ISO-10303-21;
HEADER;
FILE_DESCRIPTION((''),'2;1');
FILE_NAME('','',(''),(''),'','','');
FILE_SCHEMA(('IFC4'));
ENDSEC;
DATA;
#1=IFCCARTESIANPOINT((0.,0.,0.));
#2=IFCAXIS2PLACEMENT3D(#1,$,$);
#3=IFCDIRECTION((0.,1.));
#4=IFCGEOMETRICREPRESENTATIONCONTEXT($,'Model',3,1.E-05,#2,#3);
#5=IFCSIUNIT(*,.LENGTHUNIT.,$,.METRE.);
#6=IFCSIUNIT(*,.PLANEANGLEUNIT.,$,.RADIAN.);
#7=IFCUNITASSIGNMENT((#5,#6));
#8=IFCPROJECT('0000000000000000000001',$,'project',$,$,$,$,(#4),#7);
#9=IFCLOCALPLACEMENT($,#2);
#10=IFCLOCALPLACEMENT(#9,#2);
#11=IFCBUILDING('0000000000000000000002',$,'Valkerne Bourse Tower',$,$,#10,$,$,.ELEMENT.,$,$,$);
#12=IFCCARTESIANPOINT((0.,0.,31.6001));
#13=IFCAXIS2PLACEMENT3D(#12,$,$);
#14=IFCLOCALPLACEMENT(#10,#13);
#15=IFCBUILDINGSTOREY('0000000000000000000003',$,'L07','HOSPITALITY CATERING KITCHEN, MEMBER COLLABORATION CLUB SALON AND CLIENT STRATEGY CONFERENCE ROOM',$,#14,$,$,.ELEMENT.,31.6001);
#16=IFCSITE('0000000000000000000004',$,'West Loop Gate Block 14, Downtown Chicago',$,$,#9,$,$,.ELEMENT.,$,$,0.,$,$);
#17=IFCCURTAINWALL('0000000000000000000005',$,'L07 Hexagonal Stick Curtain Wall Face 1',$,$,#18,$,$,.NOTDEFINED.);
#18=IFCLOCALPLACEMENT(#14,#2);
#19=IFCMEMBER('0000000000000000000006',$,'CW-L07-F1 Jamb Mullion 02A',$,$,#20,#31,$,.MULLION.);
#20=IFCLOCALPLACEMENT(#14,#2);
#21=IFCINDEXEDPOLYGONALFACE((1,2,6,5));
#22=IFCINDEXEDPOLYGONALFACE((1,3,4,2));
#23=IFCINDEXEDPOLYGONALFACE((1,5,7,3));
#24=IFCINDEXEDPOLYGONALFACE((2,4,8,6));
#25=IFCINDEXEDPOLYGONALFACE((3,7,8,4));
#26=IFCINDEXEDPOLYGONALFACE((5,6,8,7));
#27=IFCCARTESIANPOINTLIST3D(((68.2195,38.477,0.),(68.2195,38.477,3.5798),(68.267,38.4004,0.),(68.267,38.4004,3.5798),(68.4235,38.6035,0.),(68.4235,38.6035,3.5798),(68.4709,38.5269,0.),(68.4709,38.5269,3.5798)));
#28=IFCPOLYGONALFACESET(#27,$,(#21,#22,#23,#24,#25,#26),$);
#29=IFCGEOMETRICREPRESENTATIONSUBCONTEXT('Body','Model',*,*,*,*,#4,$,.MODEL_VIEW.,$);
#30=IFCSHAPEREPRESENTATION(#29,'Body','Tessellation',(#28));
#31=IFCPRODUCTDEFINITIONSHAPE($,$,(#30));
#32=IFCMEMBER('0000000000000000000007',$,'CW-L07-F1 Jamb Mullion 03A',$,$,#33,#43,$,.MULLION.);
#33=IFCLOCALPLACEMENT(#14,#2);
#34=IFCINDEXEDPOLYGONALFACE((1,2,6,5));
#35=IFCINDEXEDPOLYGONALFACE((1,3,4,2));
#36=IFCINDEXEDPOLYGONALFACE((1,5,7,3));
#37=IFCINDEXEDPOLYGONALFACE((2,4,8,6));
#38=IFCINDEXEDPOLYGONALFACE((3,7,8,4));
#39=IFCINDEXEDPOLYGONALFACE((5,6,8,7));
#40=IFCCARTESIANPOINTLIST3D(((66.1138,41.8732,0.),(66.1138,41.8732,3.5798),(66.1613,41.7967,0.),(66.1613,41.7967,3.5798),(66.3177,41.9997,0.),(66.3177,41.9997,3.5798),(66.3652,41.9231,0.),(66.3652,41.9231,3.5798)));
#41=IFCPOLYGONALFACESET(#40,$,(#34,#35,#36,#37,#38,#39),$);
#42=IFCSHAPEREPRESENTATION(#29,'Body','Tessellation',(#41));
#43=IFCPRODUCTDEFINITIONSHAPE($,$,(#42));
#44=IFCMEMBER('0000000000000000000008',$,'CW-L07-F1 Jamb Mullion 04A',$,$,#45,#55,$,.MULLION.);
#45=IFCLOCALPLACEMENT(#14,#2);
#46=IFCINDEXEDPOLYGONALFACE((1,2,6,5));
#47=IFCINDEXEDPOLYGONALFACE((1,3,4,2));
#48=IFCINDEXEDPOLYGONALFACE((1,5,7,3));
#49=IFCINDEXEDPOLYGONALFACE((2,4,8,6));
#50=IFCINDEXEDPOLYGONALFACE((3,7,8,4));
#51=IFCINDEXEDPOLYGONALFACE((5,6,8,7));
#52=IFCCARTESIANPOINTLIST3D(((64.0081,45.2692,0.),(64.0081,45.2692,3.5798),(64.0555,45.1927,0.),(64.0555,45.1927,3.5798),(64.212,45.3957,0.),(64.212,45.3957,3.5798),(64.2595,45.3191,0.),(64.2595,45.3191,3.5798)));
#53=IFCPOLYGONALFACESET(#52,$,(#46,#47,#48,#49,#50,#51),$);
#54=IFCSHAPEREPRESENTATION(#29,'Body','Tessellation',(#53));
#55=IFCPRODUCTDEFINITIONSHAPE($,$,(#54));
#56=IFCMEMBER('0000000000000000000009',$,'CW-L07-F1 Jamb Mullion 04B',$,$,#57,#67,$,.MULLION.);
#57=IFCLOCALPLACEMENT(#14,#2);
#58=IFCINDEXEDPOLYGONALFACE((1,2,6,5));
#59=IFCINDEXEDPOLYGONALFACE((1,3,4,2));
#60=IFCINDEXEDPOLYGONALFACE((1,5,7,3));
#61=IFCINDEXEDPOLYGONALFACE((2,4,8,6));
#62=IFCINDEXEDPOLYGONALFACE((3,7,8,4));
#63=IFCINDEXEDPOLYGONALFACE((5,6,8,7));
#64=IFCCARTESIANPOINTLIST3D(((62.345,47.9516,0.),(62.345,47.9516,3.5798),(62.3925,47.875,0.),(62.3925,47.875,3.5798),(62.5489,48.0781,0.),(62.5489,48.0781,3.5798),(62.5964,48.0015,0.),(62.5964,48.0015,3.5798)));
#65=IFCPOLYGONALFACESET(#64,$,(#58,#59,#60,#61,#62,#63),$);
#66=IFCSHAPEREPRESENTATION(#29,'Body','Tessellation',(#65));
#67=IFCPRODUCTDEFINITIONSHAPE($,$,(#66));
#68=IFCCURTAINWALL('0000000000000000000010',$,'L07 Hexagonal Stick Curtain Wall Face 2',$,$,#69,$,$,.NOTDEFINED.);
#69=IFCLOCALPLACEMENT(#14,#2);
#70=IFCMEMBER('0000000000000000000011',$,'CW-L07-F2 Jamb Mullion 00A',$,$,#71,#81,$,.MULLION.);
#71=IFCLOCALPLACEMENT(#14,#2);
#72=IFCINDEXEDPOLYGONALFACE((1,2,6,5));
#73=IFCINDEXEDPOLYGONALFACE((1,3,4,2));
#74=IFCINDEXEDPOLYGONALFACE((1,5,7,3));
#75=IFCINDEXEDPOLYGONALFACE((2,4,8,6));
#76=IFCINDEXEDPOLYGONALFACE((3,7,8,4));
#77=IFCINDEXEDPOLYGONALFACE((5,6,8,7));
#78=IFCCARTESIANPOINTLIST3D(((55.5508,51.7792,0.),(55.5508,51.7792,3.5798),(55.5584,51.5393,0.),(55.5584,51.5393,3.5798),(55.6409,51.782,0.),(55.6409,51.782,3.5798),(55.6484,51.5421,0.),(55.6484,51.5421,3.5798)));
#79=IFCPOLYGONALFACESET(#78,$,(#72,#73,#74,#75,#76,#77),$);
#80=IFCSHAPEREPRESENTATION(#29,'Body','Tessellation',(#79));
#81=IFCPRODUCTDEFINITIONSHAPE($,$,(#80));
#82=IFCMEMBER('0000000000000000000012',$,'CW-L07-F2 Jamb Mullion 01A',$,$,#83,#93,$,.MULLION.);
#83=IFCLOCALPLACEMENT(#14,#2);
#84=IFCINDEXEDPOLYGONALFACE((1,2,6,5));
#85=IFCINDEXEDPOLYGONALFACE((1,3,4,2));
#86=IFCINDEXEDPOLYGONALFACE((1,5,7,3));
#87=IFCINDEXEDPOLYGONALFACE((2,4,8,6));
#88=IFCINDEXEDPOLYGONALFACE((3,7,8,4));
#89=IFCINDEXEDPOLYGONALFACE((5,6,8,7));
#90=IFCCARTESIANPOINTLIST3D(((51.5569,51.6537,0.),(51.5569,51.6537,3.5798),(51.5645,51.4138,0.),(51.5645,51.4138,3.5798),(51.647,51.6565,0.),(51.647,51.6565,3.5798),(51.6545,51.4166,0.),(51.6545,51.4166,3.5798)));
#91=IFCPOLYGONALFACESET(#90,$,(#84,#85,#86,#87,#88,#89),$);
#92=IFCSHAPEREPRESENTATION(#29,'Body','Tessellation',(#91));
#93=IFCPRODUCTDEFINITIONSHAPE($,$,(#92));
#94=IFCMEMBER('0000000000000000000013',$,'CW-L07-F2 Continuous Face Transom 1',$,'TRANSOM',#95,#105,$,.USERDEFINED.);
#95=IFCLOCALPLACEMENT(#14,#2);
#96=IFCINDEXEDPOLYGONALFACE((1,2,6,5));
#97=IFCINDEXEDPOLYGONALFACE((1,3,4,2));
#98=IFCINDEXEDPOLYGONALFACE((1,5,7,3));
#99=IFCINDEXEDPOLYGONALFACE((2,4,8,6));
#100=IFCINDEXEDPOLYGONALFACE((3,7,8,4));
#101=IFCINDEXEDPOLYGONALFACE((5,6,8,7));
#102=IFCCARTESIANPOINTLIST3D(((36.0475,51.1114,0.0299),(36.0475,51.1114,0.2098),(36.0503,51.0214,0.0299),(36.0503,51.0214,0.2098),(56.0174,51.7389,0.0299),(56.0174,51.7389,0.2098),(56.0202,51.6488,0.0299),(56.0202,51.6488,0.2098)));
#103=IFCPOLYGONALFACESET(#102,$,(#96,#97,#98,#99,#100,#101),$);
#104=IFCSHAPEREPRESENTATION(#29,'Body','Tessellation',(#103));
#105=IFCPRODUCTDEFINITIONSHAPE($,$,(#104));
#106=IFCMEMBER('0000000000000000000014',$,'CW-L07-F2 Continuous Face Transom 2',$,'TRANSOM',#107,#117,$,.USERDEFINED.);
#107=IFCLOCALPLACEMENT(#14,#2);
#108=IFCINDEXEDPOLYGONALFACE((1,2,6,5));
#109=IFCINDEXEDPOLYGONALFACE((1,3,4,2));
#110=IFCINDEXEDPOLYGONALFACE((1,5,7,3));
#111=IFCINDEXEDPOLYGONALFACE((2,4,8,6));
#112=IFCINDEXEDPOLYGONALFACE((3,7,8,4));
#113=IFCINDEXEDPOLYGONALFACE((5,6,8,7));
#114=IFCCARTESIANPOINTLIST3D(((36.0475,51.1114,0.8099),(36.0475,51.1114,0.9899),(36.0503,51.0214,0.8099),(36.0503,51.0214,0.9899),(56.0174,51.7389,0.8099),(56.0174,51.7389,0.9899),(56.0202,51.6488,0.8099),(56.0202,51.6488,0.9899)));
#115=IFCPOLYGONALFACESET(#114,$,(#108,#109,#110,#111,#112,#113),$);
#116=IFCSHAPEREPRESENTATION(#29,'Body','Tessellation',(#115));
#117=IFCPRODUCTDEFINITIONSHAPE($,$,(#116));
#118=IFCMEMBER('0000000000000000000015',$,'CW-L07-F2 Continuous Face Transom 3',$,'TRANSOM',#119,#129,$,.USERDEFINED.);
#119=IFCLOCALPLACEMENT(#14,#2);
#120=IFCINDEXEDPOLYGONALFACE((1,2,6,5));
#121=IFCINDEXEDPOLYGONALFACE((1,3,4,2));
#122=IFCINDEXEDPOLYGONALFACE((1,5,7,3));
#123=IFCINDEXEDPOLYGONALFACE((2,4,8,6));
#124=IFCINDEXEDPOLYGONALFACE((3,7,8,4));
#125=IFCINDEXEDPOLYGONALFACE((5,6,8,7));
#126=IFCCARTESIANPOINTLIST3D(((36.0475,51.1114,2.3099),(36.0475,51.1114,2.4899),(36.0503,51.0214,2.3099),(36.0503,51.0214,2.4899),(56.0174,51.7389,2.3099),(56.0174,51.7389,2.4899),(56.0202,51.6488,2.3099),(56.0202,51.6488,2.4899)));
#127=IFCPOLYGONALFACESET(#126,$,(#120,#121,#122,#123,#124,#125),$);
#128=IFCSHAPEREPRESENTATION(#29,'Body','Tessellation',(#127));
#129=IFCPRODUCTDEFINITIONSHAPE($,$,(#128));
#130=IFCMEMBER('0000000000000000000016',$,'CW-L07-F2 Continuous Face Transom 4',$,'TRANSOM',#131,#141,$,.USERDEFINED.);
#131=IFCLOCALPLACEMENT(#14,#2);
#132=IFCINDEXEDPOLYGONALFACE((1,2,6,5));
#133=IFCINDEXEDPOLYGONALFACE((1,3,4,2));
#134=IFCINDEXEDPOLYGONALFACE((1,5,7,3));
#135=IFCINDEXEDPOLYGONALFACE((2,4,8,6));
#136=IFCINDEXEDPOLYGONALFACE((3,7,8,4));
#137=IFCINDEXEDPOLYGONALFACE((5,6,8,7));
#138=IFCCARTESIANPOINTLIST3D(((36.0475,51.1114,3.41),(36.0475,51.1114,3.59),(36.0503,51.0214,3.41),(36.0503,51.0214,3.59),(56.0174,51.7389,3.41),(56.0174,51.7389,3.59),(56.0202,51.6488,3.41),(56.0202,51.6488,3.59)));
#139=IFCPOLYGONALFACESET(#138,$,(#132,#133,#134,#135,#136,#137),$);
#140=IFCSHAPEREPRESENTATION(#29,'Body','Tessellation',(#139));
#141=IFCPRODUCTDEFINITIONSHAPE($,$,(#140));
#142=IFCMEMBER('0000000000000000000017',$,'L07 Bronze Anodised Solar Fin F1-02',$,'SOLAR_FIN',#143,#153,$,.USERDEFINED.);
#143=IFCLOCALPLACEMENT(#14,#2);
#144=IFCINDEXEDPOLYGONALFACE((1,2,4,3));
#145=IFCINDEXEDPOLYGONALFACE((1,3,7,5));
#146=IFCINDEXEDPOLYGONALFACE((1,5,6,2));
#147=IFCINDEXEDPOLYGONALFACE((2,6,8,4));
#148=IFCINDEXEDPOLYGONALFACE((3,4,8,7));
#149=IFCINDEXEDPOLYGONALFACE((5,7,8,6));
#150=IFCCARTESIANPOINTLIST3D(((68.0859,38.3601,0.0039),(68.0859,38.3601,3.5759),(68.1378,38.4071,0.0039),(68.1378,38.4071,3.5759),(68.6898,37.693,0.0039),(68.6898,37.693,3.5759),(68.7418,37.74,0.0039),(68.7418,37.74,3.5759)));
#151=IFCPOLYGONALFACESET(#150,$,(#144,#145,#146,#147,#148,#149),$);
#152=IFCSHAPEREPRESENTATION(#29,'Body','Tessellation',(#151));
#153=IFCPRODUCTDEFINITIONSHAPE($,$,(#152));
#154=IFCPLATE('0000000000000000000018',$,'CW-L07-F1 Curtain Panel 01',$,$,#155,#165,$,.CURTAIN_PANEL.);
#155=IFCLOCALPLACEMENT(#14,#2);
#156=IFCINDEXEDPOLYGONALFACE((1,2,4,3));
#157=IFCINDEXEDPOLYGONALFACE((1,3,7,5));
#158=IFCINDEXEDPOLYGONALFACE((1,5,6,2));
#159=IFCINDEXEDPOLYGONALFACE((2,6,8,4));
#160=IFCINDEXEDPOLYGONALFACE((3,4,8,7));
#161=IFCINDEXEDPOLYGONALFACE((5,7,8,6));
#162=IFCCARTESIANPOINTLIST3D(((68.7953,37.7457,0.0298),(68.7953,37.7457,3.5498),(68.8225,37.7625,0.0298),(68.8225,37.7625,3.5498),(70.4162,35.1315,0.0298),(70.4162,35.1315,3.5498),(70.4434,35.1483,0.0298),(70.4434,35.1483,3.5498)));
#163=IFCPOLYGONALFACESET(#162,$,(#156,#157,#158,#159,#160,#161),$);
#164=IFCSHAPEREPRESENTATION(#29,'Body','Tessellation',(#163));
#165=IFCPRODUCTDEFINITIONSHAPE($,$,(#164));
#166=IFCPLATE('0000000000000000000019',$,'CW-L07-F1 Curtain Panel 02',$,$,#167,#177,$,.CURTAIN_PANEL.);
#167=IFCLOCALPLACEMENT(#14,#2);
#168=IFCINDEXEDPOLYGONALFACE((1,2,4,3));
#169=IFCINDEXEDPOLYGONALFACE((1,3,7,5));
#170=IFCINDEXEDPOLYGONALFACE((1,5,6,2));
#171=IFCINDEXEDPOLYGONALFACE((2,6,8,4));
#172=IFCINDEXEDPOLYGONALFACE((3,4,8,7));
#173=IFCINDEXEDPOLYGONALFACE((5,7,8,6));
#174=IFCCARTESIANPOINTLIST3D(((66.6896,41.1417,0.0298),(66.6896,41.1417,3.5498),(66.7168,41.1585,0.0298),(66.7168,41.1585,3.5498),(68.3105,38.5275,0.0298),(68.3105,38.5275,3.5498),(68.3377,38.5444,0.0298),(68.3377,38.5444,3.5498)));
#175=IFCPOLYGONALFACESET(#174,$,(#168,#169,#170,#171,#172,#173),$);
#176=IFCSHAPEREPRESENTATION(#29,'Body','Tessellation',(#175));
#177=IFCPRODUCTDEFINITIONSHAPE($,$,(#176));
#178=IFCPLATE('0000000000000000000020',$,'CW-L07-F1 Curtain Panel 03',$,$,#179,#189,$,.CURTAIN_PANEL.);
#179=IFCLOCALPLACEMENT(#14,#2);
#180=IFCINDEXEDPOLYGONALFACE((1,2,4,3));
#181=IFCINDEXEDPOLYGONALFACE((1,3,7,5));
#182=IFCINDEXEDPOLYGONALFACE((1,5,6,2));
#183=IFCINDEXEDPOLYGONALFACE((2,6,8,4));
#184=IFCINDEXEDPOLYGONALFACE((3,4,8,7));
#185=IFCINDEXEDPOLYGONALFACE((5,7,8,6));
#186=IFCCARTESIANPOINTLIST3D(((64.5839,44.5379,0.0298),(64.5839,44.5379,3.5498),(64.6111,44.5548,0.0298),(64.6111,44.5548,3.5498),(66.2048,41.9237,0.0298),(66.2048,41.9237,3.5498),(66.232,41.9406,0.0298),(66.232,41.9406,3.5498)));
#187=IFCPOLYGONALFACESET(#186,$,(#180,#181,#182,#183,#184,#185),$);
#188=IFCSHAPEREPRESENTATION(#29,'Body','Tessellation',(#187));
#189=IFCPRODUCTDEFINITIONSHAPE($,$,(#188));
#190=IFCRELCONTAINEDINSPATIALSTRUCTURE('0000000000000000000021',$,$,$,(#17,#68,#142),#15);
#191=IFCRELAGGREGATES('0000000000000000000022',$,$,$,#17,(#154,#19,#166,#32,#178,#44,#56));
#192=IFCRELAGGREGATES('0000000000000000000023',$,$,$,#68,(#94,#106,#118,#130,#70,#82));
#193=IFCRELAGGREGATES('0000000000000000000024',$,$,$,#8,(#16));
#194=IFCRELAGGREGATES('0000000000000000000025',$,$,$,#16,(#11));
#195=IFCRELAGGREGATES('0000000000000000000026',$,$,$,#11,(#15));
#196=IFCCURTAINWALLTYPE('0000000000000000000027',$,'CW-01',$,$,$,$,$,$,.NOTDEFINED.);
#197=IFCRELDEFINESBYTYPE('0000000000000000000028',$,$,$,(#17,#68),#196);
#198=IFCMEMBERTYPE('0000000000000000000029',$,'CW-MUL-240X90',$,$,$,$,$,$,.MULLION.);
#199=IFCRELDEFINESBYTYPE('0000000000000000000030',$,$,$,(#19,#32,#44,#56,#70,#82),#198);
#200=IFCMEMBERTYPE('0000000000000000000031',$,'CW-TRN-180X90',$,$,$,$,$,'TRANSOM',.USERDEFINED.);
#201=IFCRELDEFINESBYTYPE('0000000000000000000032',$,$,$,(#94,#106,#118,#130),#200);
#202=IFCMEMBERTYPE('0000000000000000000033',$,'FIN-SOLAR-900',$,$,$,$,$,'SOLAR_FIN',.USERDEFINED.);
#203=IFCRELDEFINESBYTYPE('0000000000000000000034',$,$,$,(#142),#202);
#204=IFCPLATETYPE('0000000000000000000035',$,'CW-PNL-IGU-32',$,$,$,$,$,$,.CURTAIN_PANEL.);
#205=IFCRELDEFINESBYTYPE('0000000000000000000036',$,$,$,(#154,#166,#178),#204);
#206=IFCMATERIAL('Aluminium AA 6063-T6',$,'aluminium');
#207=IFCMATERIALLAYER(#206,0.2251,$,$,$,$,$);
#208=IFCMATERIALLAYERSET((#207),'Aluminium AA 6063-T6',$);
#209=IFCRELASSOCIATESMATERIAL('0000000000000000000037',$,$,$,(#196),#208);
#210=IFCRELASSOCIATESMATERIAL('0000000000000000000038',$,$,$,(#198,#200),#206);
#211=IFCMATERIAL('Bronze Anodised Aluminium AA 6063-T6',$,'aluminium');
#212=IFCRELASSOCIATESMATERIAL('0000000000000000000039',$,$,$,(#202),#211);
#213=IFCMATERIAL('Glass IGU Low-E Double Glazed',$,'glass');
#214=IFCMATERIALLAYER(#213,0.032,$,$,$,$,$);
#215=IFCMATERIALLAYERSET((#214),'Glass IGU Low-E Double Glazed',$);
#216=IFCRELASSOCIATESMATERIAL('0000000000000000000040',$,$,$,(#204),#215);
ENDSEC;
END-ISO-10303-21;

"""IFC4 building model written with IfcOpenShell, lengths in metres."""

from ifc_helpers import new_model, si_unit, direction, frame, origin, origin_2d, place, context, subcontext, project, spatial, rectangle, extrude, material, layer, layer_set, material_profile, profile_set, type_object, element, aggregate, save


model = new_model("IFC4")

# Units and contexts
model_context = context("Model", 3, precision=1e-05, world=origin(), true_north=direction((0.0, 1.0)))
body_context = subcontext(model_context, "Body", "Model", "MODEL_VIEW")
ifc_project = project(units=[si_unit("LENGTHUNIT", "METRE"), si_unit("PLANEANGLEUNIT", "RADIAN")], contexts=[model_context])

# Site, building, storey
site_placement = place(None, origin())
site = spatial("IfcSite", under=ifc_project, at=site_placement, Name="West Loop Gate Block 14, Downtown Chicago", CompositionType="ELEMENT", RefElevation=0.0)
building_placement = place(site_placement, origin())
building = spatial("IfcBuilding", under=site, at=building_placement, Name="Valkerne Bourse Tower", CompositionType="ELEMENT")
storey_placement = place(building_placement, frame((0.0, 0.0, 31.6001)))
storey = spatial("IfcBuildingStorey", under=building, at=storey_placement, Name="L07", Description="HOSPITALITY CATERING KITCHEN, MEMBER COLLABORATION CLUB SALON AND CLIENT STRATEGY CONFERENCE ROOM", CompositionType="ELEMENT", Elevation=31.6001)

# Curtain walls, members
ifc_material_1 = material(Name="Aluminium AA 6063-T6", Category="aluminium")
ifc_layer_1 = layer(ifc_material_1, 0.2251)
ifc_layer_set_1 = layer_set([ifc_layer_1], Name="Aluminium AA 6063-T6")
curtain_wall_type = type_object("IfcCurtainWallType", Name="CW-01", PredefinedType="NOTDEFINED", material=ifc_layer_set_1)
curtain_wall_1_placement = place(storey_placement, origin())
curtain_wall_1 = element("IfcCurtainWall", 1, at=curtain_wall_1_placement, inside=storey, type_object=curtain_wall_type, Name="L07 Hexagonal Stick Curtain Wall Face 1", PredefinedType="NOTDEFINED")
ifc_material_profile_1 = material_profile(ifc_material_1, rectangle(XDim=0.0901, YDim=0.24, at=origin_2d()), Name="CWM-90X240")
ifc_profile_set_1 = profile_set([ifc_material_profile_1], Name="Aluminium AA 6063-T6")
member_type_1 = type_object("IfcMemberType", Name="CW-MUL-240X90", PredefinedType="MULLION", material=ifc_profile_set_1)
member_1_placement = place(storey_placement, frame((68.3452, 38.502, 0.0), z_axis=(0.0, 0.0, 1.0), x_axis=(-0.526968, 0.849885, 0.0)))
member_1 = element("IfcMember", 2, at=member_1_placement, type_object=member_type_1, Name="CW-L07-F1 Jamb Mullion 02A", PredefinedType="MULLION", context=body_context, shape_type="SweptSolid", body=[
    extrude(rectangle(XDim=0.0901, YDim=0.24, at=origin_2d()), origin(), (0.0, 0.0, 1.0), 3.5798),
])
member_2_placement = place(storey_placement, frame((66.2395, 41.8982, 0.0), z_axis=(0.0, 0.0, 1.0), x_axis=(-0.52695, 0.849896, 0.0)))
member_2 = element("IfcMember", 3, at=member_2_placement, type_object=member_type_1, Name="CW-L07-F1 Jamb Mullion 03A", PredefinedType="MULLION", context=body_context, shape_type="SweptSolid", body=[
    extrude(rectangle(XDim=0.0901, YDim=0.24, at=origin_2d()), origin(), (0.0, 0.0, 1.0), 3.5798),
])
member_3_placement = place(storey_placement, frame((64.1338, 45.2942, 0.0), z_axis=(0.0, 0.0, 1.0), x_axis=(-0.526961, 0.849889, 0.0)))
member_3 = element("IfcMember", 4, at=member_3_placement, type_object=member_type_1, Name="CW-L07-F1 Jamb Mullion 04A", PredefinedType="MULLION", context=body_context, shape_type="SweptSolid", body=[
    extrude(rectangle(XDim=0.0901, YDim=0.24, at=origin_2d()), origin(), (0.0, 0.0, 1.0), 3.5798),
])
member_4_placement = place(storey_placement, frame((62.4707, 47.9766, 0.0), z_axis=(0.0, 0.0, 1.0), x_axis=(-0.526961, 0.849889, 0.0)))
member_4 = element("IfcMember", 5, at=member_4_placement, type_object=member_type_1, Name="CW-L07-F1 Jamb Mullion 04B", PredefinedType="MULLION", context=body_context, shape_type="SweptSolid", body=[
    extrude(rectangle(XDim=0.0901, YDim=0.24, at=origin_2d()), origin(), (0.0, 0.0, 1.0), 3.5798),
])
curtain_wall_2_placement = place(storey_placement, origin())
curtain_wall_2 = element("IfcCurtainWall", 6, at=curtain_wall_2_placement, inside=storey, type_object=curtain_wall_type, Name="L07 Hexagonal Stick Curtain Wall Face 2", PredefinedType="NOTDEFINED")
member_5_placement = place(storey_placement, frame((55.5996, 51.6606, 0.0), z_axis=(0.0, 0.0, 1.0), x_axis=(-0.999507, -0.031407, 0.0)))
member_5 = element("IfcMember", 7, at=member_5_placement, type_object=member_type_1, Name="CW-L07-F2 Jamb Mullion 00A", PredefinedType="MULLION", context=body_context, shape_type="SweptSolid", body=[
    extrude(rectangle(XDim=0.0901, YDim=0.24, at=origin_2d()), origin(), (0.0, 0.0, 1.0), 3.5798),
])
member_6_placement = place(storey_placement, frame((51.6057, 51.5352, 0.0), z_axis=(0.0, 0.0, 1.0), x_axis=(-0.999507, -0.031406, 0.0)))
member_6 = element("IfcMember", 8, at=member_6_placement, type_object=member_type_1, Name="CW-L07-F2 Jamb Mullion 01A", PredefinedType="MULLION", context=body_context, shape_type="SweptSolid", body=[
    extrude(rectangle(XDim=0.0901, YDim=0.24, at=origin_2d()), origin(), (0.0, 0.0, 1.0), 3.5798),
])
ifc_material_profile_2 = material_profile(ifc_material_1, rectangle(XDim=0.0901, YDim=0.1799, at=origin_2d()), Name="CWT-90X180")
ifc_profile_set_2 = profile_set([ifc_material_profile_2], Name="Aluminium AA 6063-T6")
member_type_2 = type_object("IfcMemberType", Name="CW-TRN-180X90", ElementType="TRANSOM", PredefinedType="USERDEFINED", material=ifc_profile_set_2)
member_7_placement = place(storey_placement, frame((56.0188, 51.6938, 0.1199), z_axis=(-0.999507, -0.031404, 0.0), x_axis=(0.031404, -0.999507, 0.0)))
member_7 = element("IfcMember", 9, at=member_7_placement, type_object=member_type_2, Name="CW-L07-F2 Continuous Face Transom 1", ObjectType="TRANSOM", PredefinedType="USERDEFINED", context=body_context, shape_type="SweptSolid", body=[
    extrude(rectangle(XDim=0.0901, YDim=0.1799, at=origin_2d()), origin(), (0.0, 0.0, 1.0), 19.9797),
])
member_8_placement = place(storey_placement, frame((56.0188, 51.6938, 0.8999), z_axis=(-0.999507, -0.031404, 0.0), x_axis=(0.031404, -0.999507, 0.0)))
member_8 = element("IfcMember", 10, at=member_8_placement, type_object=member_type_2, Name="CW-L07-F2 Continuous Face Transom 2", ObjectType="TRANSOM", PredefinedType="USERDEFINED", context=body_context, shape_type="SweptSolid", body=[
    extrude(rectangle(XDim=0.0901, YDim=0.1799, at=origin_2d()), origin(), (0.0, 0.0, 1.0), 19.9797),
])
member_9_placement = place(storey_placement, frame((56.0188, 51.6938, 2.3999), z_axis=(-0.999507, -0.031404, 0.0), x_axis=(0.031404, -0.999507, 0.0)))
member_9 = element("IfcMember", 11, at=member_9_placement, type_object=member_type_2, Name="CW-L07-F2 Continuous Face Transom 3", ObjectType="TRANSOM", PredefinedType="USERDEFINED", context=body_context, shape_type="SweptSolid", body=[
    extrude(rectangle(XDim=0.0901, YDim=0.1799, at=origin_2d()), origin(), (0.0, 0.0, 1.0), 19.9797),
])
member_10_placement = place(storey_placement, frame((56.0188, 51.6938, 3.5), z_axis=(-0.999507, -0.031404, 0.0), x_axis=(0.031404, -0.999507, 0.0)))
member_10 = element("IfcMember", 12, at=member_10_placement, type_object=member_type_2, Name="CW-L07-F2 Continuous Face Transom 4", ObjectType="TRANSOM", PredefinedType="USERDEFINED", context=body_context, shape_type="SweptSolid", body=[
    extrude(rectangle(XDim=0.0901, YDim=0.1799, at=origin_2d()), origin(), (0.0, 0.0, 1.0), 19.9797),
])

# Member
ifc_material_2 = material(Name="Bronze Anodised Aluminium AA 6063-T6", Category="aluminium")
ifc_material_profile_3 = material_profile(ifc_material_2, rectangle(XDim=0.0701, YDim=0.8999, at=origin_2d()), Name="FIN-70X900")
ifc_profile_set_3 = profile_set([ifc_material_profile_3], Name="Bronze Anodised Aluminium AA 6063-T6")
member_type_3 = type_object("IfcMemberType", Name="FIN-SOLAR-900", ElementType="SOLAR_FIN", PredefinedType="USERDEFINED", material=ifc_profile_set_3)
member_11_placement = place(storey_placement, frame((68.4138, 38.05, 0.0039), z_axis=(0.0, 0.0, 1.0), x_axis=(0.741326, 0.671145, 0.0)))
element("IfcMember", 13, at=member_11_placement, inside=storey, type_object=member_type_3, Name="L07 Bronze Anodised Solar Fin F1-02", ObjectType="SOLAR_FIN", PredefinedType="USERDEFINED", context=body_context, shape_type="SweptSolid", body=[
    extrude(rectangle(XDim=0.0701, YDim=0.8999, at=origin_2d()), origin(), (0.0, 0.0, 1.0), 3.572),
])

# Plates
ifc_material_3 = material(Name="Glass IGU Low-E Double Glazed", Category="glass")
ifc_layer_2 = layer(ifc_material_3, 0.032)
ifc_layer_set_2 = layer_set([ifc_layer_2], Name="Glass IGU Low-E Double Glazed")
plate_type = type_object("IfcPlateType", Name="CW-PNL-IGU-32", PredefinedType="CURTAIN_PANEL", material=ifc_layer_set_2)
plate_1_placement = place(storey_placement, frame((69.6194, 36.447, 0.0298), z_axis=(0.0, 0.0, 1.0), x_axis=(-0.526961, 0.849889, 0.0)))
plate_1 = element("IfcPlate", 14, at=plate_1_placement, type_object=plate_type, Name="CW-L07-F1 Curtain Panel 01", PredefinedType="CURTAIN_PANEL", context=body_context, shape_type="SweptSolid", body=[
    extrude(rectangle(XDim=3.0759, YDim=0.032, at=origin_2d()), origin(), (0.0, 0.0, 1.0), 3.52),
])
plate_2_placement = place(storey_placement, frame((67.5137, 39.843, 0.0298), z_axis=(0.0, 0.0, 1.0), x_axis=(-0.526968, 0.849885, 0.0)))
plate_2 = element("IfcPlate", 15, at=plate_2_placement, type_object=plate_type, Name="CW-L07-F1 Curtain Panel 02", PredefinedType="CURTAIN_PANEL", context=body_context, shape_type="SweptSolid", body=[
    extrude(rectangle(XDim=3.0759, YDim=0.032, at=origin_2d()), origin(), (0.0, 0.0, 1.0), 3.52),
])
plate_3_placement = place(storey_placement, frame((65.408, 43.2393, 0.0298), z_axis=(0.0, 0.0, 1.0), x_axis=(-0.52695, 0.849896, 0.0)))
plate_3 = element("IfcPlate", 16, at=plate_3_placement, type_object=plate_type, Name="CW-L07-F1 Curtain Panel 03", PredefinedType="CURTAIN_PANEL", context=body_context, shape_type="SweptSolid", body=[
    extrude(rectangle(XDim=3.0759, YDim=0.032, at=origin_2d()), origin(), (0.0, 0.0, 1.0), 3.52),
])
aggregate(curtain_wall_1, [plate_1, member_1, plate_2, member_2, plate_3, member_3, member_4])
aggregate(curtain_wall_2, [member_7, member_8, member_9, member_10, member_5, member_6])

save(model, "model.ifc")
